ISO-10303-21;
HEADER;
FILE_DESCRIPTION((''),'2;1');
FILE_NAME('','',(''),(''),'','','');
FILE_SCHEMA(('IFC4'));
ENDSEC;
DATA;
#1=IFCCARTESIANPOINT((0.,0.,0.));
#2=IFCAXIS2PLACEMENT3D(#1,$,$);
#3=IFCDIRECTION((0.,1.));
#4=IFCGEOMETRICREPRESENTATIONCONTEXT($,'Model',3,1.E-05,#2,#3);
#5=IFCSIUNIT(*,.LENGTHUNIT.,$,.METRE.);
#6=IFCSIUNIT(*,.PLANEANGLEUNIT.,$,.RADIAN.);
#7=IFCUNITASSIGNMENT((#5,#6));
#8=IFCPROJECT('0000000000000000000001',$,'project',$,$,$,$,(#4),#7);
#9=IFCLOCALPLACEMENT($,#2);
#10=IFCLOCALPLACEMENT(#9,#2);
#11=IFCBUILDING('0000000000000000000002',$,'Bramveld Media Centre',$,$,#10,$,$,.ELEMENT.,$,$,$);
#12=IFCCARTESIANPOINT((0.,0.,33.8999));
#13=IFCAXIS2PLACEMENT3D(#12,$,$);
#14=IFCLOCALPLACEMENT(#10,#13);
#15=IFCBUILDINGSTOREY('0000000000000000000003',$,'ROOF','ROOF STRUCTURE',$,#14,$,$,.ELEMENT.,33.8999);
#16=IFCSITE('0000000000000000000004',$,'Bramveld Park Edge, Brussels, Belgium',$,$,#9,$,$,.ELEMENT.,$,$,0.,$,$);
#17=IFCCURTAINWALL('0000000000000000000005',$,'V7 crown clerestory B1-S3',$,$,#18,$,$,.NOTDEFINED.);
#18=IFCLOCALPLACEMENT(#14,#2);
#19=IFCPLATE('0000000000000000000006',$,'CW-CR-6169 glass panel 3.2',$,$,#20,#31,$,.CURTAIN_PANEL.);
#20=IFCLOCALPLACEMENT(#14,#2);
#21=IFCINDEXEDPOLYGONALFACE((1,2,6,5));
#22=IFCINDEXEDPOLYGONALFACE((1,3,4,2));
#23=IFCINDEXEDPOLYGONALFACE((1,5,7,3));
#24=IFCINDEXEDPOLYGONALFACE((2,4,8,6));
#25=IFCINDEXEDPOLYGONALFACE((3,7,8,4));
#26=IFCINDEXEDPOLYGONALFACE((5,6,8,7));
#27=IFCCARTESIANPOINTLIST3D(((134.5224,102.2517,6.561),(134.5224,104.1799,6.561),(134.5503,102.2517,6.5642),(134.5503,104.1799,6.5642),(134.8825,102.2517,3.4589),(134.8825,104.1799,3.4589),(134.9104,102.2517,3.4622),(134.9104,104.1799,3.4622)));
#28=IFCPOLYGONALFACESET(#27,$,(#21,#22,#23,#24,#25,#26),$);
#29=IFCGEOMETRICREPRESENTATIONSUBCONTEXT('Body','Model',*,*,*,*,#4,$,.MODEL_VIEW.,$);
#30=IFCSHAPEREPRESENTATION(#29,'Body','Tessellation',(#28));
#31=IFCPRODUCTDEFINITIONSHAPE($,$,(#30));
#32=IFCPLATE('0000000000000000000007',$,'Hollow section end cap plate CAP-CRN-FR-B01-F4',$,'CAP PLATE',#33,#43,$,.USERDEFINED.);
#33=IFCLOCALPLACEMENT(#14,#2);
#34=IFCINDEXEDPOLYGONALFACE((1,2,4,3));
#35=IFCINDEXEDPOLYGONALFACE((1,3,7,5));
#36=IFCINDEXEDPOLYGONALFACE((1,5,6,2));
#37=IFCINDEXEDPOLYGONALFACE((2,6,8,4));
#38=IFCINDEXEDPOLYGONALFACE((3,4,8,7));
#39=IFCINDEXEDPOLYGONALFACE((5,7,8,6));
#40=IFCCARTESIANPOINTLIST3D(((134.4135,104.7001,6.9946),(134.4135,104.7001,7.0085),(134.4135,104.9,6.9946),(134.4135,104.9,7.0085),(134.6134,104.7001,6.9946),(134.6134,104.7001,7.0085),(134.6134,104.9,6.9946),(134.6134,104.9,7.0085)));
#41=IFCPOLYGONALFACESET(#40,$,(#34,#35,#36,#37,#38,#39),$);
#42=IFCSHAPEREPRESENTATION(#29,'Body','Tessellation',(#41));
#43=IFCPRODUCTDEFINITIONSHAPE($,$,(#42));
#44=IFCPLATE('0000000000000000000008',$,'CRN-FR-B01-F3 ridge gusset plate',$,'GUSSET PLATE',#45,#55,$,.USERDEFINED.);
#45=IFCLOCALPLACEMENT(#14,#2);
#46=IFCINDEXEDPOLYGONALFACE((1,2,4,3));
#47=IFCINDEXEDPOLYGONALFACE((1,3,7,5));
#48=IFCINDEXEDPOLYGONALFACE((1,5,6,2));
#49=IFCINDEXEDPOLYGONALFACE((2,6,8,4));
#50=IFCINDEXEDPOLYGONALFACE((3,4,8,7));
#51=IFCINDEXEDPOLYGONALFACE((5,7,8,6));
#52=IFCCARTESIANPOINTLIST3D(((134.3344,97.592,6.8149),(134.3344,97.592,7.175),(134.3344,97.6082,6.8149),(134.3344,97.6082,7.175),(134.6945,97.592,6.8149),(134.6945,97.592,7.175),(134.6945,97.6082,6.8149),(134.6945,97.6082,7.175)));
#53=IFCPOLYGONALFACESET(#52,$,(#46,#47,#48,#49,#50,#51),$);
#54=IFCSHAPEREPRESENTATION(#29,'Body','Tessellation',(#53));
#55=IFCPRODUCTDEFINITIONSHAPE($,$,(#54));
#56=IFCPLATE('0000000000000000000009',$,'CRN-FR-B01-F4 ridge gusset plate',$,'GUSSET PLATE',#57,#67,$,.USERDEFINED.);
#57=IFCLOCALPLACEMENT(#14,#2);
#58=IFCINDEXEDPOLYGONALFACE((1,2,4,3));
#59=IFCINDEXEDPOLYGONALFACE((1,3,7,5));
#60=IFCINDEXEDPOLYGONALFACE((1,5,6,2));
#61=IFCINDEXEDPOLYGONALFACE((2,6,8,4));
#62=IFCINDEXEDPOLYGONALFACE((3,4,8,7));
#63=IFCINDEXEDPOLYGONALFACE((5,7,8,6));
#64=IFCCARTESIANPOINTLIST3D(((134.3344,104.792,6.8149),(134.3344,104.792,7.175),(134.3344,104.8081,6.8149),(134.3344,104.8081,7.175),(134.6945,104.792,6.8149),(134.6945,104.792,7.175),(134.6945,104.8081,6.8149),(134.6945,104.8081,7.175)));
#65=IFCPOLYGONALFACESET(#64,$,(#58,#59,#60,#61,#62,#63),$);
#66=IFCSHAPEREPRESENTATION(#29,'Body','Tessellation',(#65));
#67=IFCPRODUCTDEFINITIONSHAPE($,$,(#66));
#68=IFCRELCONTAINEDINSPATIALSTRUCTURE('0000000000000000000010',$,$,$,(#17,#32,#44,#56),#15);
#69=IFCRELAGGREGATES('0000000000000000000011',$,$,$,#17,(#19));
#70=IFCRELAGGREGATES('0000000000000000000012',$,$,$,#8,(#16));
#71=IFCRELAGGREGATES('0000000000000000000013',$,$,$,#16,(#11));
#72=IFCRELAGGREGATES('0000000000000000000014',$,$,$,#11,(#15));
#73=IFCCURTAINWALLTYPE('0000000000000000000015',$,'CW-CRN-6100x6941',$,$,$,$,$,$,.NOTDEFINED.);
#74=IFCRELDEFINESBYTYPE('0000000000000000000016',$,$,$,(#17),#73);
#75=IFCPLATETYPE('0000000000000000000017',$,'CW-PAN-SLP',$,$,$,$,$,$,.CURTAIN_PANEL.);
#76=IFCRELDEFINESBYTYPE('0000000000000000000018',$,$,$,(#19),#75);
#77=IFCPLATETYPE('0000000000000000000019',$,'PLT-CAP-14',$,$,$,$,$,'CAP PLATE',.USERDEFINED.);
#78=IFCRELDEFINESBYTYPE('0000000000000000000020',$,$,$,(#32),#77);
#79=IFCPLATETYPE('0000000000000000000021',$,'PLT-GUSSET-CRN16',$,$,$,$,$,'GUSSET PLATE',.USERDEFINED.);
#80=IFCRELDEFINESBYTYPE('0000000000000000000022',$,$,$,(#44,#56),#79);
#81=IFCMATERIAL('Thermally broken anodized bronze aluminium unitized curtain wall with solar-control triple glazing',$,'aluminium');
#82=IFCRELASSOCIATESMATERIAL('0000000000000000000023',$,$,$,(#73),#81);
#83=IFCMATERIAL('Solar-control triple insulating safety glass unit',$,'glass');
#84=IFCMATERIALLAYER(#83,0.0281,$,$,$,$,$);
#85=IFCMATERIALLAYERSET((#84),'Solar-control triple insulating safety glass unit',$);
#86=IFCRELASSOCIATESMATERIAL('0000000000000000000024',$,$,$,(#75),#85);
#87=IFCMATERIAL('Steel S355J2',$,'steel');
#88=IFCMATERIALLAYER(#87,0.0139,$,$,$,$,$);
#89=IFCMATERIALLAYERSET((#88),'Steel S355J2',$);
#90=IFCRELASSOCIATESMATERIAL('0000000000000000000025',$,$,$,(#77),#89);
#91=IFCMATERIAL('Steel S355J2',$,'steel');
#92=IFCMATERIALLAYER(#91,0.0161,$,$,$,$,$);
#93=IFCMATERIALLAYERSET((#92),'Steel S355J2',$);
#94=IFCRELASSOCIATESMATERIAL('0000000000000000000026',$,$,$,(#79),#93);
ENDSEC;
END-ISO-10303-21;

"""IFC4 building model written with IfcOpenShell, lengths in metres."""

from ifc_helpers import new_model, si_unit, direction, frame, origin, origin_2d, place, context, subcontext, project, spatial, polyline, rectangle, outline, extrude, material, layer, layer_set, type_object, element, aggregate, save


model = new_model("IFC4")

# Units and contexts
model_context = context("Model", 3, precision=1e-05, world=origin(), true_north=direction((0.0, 1.0)))
body_context = subcontext(model_context, "Body", "Model", "MODEL_VIEW")
ifc_project = project(units=[si_unit("LENGTHUNIT", "METRE"), si_unit("PLANEANGLEUNIT", "RADIAN")], contexts=[model_context])

# Site, building, storey
site_placement = place(None, origin())
site = spatial("IfcSite", under=ifc_project, at=site_placement, Name="Bramveld Park Edge, Brussels, Belgium", CompositionType="ELEMENT", RefElevation=0.0)
building_placement = place(site_placement, origin())
building = spatial("IfcBuilding", under=site, at=building_placement, Name="Bramveld Media Centre", CompositionType="ELEMENT")
storey_placement = place(building_placement, frame((0.0, 0.0, 33.8999)))
storey = spatial("IfcBuildingStorey", under=building, at=storey_placement, Name="ROOF", Description="ROOF STRUCTURE", CompositionType="ELEMENT", Elevation=33.8999)

# Curtain wall
ifc_material_1 = material(Name="Thermally broken anodized bronze aluminium unitized curtain wall with solar-control triple glazing", Category="aluminium")
curtain_wall_type = type_object("IfcCurtainWallType", Name="CW-CRN-6100x6941", PredefinedType="NOTDEFINED", material=ifc_material_1)
curtain_wall_placement = place(storey_placement, origin())
curtain_wall = element("IfcCurtainWall", 1, at=curtain_wall_placement, inside=storey, type_object=curtain_wall_type, Name="V7 crown clerestory B1-S3", PredefinedType="NOTDEFINED")

# Plate
ifc_material_2 = material(Name="Solar-control triple insulating safety glass unit", Category="glass")
ifc_layer_1 = layer(ifc_material_2, 0.0281)
ifc_layer_set_1 = layer_set([ifc_layer_1], Name="Solar-control triple insulating safety glass unit")
plate_type_1 = type_object("IfcPlateType", Name="CW-PAN-SLP", PredefinedType="CURTAIN_PANEL", material=ifc_layer_set_1)
plate_1_placement = place(storey_placement, frame((134.9104, 102.2517, 3.4622), z_axis=(0.993329, 0.0, 0.115313), x_axis=(0.0, 1.0, 0.0)))
plate_1 = element("IfcPlate", 2, at=plate_1_placement, type_object=plate_type_1, Name="CW-CR-6169 glass panel 3.2", PredefinedType="CURTAIN_PANEL", context=body_context, shape_type="SweptSolid", body=[
    extrude(outline(polyline([(0.0, 0.0), (1.9282, 0.0), (1.9282, 3.1229), (0.0, 3.1229), (0.0, 0.0)])), origin(), (0.0, 0.0, -1.0), 0.0281),
])
aggregate(curtain_wall, [plate_1])

# Plates
ifc_material_3 = material(Name="Steel S355J2", Category="steel")
ifc_layer_2 = layer(ifc_material_3, 0.0139)
ifc_layer_set_2 = layer_set([ifc_layer_2], Name="Steel S355J2")
plate_type_2 = type_object("IfcPlateType", Name="PLT-CAP-14", ElementType="CAP PLATE", PredefinedType="USERDEFINED", material=ifc_layer_set_2)
plate_2_placement = place(storey_placement, frame((134.5134, 104.8, 6.9946), z_axis=(0.0, 0.0, 1.0), x_axis=(1.0, 0.0, 0.0)))
element("IfcPlate", 3, at=plate_2_placement, inside=storey, type_object=plate_type_2, Name="Hollow section end cap plate CAP-CRN-FR-B01-F4", ObjectType="CAP PLATE", PredefinedType="USERDEFINED", context=body_context, shape_type="SweptSolid", body=[
    extrude(rectangle(XDim=0.2, YDim=0.2, at=origin_2d()), origin(), (0.0, 0.0, 1.0), 0.0139),
])
ifc_material_4 = material(Name="Steel S355J2", Category="steel")
ifc_layer_3 = layer(ifc_material_4, 0.0161)
ifc_layer_set_3 = layer_set([ifc_layer_3], Name="Steel S355J2")
plate_type_3 = type_object("IfcPlateType", Name="PLT-GUSSET-CRN16", ElementType="GUSSET PLATE", PredefinedType="USERDEFINED", material=ifc_layer_set_3)
for number, where, z_axis, x_axis, name in (
    (4, (134.5144, 97.6001, 6.8149), (0.0, 0.0, 1.0), (1.0, 0.0, 0.0), "CRN-FR-B01-F3 ridge gusset plate"),
    (5, (134.5144, 104.8, 6.8149), (0.0, 0.0, 1.0), (1.0, 0.0, 0.0), "CRN-FR-B01-F4 ridge gusset plate"),
):
    element("IfcPlate", number, at=place(storey_placement, frame(where, z_axis=z_axis, x_axis=x_axis)), inside=storey, type_object=plate_type_3, Name=name, ObjectType="GUSSET PLATE", PredefinedType="USERDEFINED", context=body_context, shape_type="SweptSolid", body=[
        extrude(rectangle(XDim=0.3601, YDim=0.0161, at=origin_2d()), origin(), (0.0, 0.0, 1.0), 0.3601),
    ])

save(model, "model.ifc")
